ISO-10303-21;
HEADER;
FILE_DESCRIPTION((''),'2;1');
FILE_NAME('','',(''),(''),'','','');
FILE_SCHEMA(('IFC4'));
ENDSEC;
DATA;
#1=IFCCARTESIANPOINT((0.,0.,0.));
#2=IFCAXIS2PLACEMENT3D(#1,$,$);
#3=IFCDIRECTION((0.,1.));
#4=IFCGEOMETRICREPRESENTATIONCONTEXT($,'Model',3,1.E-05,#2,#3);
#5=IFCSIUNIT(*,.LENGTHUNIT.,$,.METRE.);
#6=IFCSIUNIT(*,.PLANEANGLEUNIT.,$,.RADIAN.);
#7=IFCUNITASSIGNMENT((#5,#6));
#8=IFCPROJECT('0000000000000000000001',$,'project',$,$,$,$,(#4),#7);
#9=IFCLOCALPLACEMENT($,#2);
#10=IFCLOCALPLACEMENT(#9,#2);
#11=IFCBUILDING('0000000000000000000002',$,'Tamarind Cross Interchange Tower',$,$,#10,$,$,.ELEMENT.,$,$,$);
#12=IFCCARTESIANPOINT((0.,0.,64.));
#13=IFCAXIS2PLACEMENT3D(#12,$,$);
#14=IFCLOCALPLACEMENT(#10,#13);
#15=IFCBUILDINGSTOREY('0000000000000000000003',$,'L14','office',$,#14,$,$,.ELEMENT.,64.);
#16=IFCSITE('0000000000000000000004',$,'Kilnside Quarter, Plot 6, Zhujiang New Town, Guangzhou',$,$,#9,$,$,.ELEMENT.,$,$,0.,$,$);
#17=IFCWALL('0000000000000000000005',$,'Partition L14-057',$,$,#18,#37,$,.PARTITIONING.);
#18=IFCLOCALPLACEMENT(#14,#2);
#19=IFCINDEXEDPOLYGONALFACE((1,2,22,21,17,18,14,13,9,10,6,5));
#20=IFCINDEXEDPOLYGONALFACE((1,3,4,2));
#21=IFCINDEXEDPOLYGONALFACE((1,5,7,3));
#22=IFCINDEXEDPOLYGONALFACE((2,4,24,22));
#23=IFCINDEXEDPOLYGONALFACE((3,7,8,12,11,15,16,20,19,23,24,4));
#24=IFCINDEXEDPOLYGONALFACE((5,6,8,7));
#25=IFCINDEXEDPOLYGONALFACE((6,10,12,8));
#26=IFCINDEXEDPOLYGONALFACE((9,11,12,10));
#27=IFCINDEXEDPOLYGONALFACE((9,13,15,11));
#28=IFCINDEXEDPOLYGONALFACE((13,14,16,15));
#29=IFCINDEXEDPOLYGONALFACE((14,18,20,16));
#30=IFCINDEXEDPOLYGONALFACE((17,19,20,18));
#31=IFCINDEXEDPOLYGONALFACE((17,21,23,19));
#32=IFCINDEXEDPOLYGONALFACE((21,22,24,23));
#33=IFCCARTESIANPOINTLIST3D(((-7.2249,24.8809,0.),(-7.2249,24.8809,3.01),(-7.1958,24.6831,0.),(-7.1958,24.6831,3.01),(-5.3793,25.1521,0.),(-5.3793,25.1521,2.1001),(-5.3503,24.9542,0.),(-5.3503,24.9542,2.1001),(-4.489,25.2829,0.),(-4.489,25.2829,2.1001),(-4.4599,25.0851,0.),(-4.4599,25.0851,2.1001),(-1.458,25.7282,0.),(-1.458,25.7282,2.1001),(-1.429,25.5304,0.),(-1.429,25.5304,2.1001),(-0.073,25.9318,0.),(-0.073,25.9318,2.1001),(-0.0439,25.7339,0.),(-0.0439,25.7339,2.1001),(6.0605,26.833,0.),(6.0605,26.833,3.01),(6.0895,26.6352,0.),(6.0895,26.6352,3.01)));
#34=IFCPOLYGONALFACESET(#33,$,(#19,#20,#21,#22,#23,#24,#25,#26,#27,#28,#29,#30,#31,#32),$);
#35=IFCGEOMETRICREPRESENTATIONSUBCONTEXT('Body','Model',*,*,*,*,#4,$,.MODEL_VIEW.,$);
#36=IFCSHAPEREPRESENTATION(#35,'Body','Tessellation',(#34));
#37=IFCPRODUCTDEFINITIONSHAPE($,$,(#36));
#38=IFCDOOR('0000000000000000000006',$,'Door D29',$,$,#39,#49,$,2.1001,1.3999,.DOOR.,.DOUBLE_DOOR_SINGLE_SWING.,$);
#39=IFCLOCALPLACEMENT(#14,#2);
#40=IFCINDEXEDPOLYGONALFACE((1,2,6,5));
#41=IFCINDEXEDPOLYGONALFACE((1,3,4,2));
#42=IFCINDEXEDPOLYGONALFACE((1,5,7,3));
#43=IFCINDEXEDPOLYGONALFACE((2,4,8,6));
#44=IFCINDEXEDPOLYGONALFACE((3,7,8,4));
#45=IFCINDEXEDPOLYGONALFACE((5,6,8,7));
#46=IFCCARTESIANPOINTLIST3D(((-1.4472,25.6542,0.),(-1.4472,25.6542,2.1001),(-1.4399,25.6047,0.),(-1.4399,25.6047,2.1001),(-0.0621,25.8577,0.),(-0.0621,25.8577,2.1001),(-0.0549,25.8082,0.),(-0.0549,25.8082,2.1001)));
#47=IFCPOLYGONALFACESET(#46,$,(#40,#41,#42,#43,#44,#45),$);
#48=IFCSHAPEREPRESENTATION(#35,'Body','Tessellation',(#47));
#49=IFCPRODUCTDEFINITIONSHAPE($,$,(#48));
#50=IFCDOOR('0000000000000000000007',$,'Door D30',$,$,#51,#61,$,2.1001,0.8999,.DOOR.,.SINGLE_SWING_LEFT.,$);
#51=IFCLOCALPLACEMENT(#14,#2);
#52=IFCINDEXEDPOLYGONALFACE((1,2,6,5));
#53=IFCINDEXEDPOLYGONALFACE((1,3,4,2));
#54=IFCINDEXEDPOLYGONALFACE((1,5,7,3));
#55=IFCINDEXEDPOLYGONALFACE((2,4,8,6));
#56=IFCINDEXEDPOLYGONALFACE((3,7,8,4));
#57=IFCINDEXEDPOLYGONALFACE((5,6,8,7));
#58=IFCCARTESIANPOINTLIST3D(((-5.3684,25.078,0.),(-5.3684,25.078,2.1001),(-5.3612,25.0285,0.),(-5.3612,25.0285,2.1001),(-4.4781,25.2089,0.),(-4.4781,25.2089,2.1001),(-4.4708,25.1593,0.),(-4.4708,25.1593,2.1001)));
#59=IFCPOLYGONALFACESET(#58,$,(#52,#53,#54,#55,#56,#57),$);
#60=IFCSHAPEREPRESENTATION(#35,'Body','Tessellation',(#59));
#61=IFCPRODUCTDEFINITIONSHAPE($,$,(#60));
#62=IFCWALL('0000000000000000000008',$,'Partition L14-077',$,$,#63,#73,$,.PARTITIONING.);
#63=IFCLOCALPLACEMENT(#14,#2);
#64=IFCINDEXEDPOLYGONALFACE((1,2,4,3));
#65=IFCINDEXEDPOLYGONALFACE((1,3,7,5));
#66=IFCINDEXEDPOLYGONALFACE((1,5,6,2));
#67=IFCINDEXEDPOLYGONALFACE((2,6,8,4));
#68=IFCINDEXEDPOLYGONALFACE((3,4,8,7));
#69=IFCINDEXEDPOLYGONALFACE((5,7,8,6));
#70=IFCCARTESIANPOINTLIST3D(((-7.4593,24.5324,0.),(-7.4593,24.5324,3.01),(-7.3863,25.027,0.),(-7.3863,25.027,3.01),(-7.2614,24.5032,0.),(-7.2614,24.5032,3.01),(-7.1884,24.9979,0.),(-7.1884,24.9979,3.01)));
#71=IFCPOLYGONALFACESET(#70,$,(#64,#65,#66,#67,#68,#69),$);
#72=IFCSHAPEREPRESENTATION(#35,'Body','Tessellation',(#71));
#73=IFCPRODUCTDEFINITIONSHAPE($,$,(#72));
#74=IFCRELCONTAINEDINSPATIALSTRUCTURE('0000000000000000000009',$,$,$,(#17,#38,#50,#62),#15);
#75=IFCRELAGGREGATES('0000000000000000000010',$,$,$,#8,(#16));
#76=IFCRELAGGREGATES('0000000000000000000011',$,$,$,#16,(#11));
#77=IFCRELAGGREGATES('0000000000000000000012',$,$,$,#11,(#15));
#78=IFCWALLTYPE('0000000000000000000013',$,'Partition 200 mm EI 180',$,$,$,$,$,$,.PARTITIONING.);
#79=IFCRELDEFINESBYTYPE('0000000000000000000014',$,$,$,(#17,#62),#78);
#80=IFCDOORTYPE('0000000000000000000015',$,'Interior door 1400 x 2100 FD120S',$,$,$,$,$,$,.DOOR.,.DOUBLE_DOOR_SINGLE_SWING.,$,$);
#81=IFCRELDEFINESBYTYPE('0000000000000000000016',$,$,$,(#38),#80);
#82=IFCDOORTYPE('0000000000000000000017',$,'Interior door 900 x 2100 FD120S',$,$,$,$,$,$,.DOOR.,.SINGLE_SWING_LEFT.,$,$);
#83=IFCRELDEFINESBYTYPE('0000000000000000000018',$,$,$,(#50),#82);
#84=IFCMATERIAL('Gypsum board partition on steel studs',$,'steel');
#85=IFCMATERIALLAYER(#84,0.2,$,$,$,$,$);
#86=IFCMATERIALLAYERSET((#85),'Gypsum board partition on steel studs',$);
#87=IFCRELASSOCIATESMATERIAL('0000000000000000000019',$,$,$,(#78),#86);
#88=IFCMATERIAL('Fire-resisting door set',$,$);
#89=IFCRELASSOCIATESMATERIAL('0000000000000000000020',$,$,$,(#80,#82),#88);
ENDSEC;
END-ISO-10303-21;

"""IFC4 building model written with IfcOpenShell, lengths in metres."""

from ifc_helpers import new_model, si_unit, direction, frame, frame_2d, origin, place, context, subcontext, project, spatial, rectangle, extrude, material, layer, layer_set, type_object, element, fill, save


model = new_model("IFC4")

# Units and contexts
model_context = context("Model", 3, precision=1e-05, world=origin(), true_north=direction((0.0, 1.0)))
body_context = subcontext(model_context, "Body", "Model", "MODEL_VIEW")
ifc_project = project(units=[si_unit("LENGTHUNIT", "METRE"), si_unit("PLANEANGLEUNIT", "RADIAN")], contexts=[model_context])

# Site, building, storey
site_placement = place(None, origin())
site = spatial("IfcSite", under=ifc_project, at=site_placement, Name="Kilnside Quarter, Plot 6, Zhujiang New Town, Guangzhou", CompositionType="ELEMENT", RefElevation=0.0)
building_placement = place(site_placement, origin())
building = spatial("IfcBuilding", under=site, at=building_placement, Name="Tamarind Cross Interchange Tower", CompositionType="ELEMENT")
storey_placement = place(building_placement, frame((0.0, 0.0, 64.0)))
storey = spatial("IfcBuildingStorey", under=building, at=storey_placement, Name="L14", Description="office", CompositionType="ELEMENT", Elevation=64.0)

# Shared definitions
ifc_material_1 = material(Name="Gypsum board partition on steel studs", Category="steel")

# Shared definitions
ifc_material_2 = material(Name="Fire-resisting door set")

# Wall, openings, doors
ifc_layer_1 = layer(ifc_material_1, 0.2)
ifc_layer_set_1 = layer_set([ifc_layer_1], Name="Gypsum board partition on steel studs")
wall_type_1 = type_object("IfcWallType", Name="Partition 200 mm EI 180", PredefinedType="PARTITIONING", material=ifc_layer_set_1)
wall_1_placement = place(storey_placement, frame((-7.2102, 24.782, 0.0), z_axis=(0.0, 0.0, 1.0), x_axis=(0.989376, 0.145378, 0.0)))
wall_1 = element("IfcWall", 1, at=wall_1_placement, inside=storey, type_object=wall_type_1, Name="Partition L14-057", PredefinedType="PARTITIONING", context=body_context, shape_type="SweptSolid", body=[
    extrude(rectangle(XDim=13.428, YDim=0.2, at=frame_2d((6.7139, 0.0))), origin(), (0.0, 0.0, 1.0), 3.01),
])
opening_1_placement = place(wall_1_placement, frame((5.8286, 0.0, 0.0)))
opening_1 = element("IfcOpeningElement", 2, at=opening_1_placement, cuts=wall_1, PredefinedType="OPENING", context=body_context, shape_type="SweptSolid", body=[
    extrude(rectangle(XDim=1.3999, YDim=2.1001, at=frame_2d((0.7, 1.05))), frame((0.0, 0.1099, 0.0), z_axis=(0.0, -1.0, 0.0), x_axis=(1.0, 0.0, 0.0)), (0.0, 0.0, 1.0), 0.22),
])
opening_2_placement = place(wall_1_placement, frame((1.8652, 0.0, 0.0)))
opening_2 = element("IfcOpeningElement", 3, at=opening_2_placement, cuts=wall_1, PredefinedType="OPENING", context=body_context, shape_type="SweptSolid", body=[
    extrude(rectangle(XDim=0.8999, YDim=2.1001, at=frame_2d((0.45, 1.05))), frame((0.0, 0.1099, 0.0), z_axis=(0.0, -1.0, 0.0), x_axis=(1.0, 0.0, 0.0)), (0.0, 0.0, 1.0), 0.22),
])
door_type_1 = type_object("IfcDoorType", Name="Interior door 1400 x 2100 FD120S", OperationType="DOUBLE_DOOR_SINGLE_SWING", PredefinedType="DOOR", material=ifc_material_2)
door_1_placement = place(opening_1_placement, frame((1.3999, 0.0, 0.0), z_axis=(0.0, 0.0, 1.0), x_axis=(-1.0, 0.0, 0.0)))
door_1 = element("IfcDoor", 4, at=door_1_placement, inside=storey, type_object=door_type_1, Name="Door D29", OperationType="DOUBLE_DOOR_SINGLE_SWING", OverallHeight=2.1001, OverallWidth=1.3999, PredefinedType="DOOR", context=body_context, shape_type="SweptSolid", body=[
    extrude(rectangle(XDim=1.3999, YDim=2.1001, at=frame_2d((0.7, 1.05))), frame((0.0, 0.0249, 0.0), z_axis=(0.0, -1.0, 0.0), x_axis=(1.0, 0.0, 0.0)), (0.0, 0.0, 1.0), 0.05),
])
fill(opening_1, door_1)
door_type_2 = type_object("IfcDoorType", Name="Interior door 900 x 2100 FD120S", OperationType="SINGLE_SWING_LEFT", PredefinedType="DOOR", material=ifc_material_2)
door_2_placement = place(opening_2_placement, frame((0.8999, 0.0, 0.0), z_axis=(0.0, 0.0, 1.0), x_axis=(-1.0, 0.0, 0.0)))
door_2 = element("IfcDoor", 5, at=door_2_placement, inside=storey, type_object=door_type_2, Name="Door D30", OperationType="SINGLE_SWING_LEFT", OverallHeight=2.1001, OverallWidth=0.8999, PredefinedType="DOOR", context=body_context, shape_type="SweptSolid", body=[
    extrude(rectangle(XDim=0.8999, YDim=2.1001, at=frame_2d((0.45, 1.05))), frame((0.0, 0.0249, 0.0), z_axis=(0.0, -1.0, 0.0), x_axis=(1.0, 0.0, 0.0)), (0.0, 0.0, 1.0), 0.05),
])
fill(opening_2, door_2)

# Wall
wall_2_placement = place(storey_placement, frame((-7.2874, 25.0125, 0.0), z_axis=(0.0, 0.0, 1.0), x_axis=(-0.146, -0.989285, 0.0)))
element("IfcWall", 6, at=wall_2_placement, inside=storey, type_object=wall_type_1, Name="Partition L14-077", PredefinedType="PARTITIONING", context=body_context, shape_type="SweptSolid", body=[
    extrude(rectangle(XDim=0.5, YDim=0.2, at=frame_2d((0.25, 0.0))), origin(), (0.0, 0.0, 1.0), 3.01),
])

save(model, "model.ifc")
